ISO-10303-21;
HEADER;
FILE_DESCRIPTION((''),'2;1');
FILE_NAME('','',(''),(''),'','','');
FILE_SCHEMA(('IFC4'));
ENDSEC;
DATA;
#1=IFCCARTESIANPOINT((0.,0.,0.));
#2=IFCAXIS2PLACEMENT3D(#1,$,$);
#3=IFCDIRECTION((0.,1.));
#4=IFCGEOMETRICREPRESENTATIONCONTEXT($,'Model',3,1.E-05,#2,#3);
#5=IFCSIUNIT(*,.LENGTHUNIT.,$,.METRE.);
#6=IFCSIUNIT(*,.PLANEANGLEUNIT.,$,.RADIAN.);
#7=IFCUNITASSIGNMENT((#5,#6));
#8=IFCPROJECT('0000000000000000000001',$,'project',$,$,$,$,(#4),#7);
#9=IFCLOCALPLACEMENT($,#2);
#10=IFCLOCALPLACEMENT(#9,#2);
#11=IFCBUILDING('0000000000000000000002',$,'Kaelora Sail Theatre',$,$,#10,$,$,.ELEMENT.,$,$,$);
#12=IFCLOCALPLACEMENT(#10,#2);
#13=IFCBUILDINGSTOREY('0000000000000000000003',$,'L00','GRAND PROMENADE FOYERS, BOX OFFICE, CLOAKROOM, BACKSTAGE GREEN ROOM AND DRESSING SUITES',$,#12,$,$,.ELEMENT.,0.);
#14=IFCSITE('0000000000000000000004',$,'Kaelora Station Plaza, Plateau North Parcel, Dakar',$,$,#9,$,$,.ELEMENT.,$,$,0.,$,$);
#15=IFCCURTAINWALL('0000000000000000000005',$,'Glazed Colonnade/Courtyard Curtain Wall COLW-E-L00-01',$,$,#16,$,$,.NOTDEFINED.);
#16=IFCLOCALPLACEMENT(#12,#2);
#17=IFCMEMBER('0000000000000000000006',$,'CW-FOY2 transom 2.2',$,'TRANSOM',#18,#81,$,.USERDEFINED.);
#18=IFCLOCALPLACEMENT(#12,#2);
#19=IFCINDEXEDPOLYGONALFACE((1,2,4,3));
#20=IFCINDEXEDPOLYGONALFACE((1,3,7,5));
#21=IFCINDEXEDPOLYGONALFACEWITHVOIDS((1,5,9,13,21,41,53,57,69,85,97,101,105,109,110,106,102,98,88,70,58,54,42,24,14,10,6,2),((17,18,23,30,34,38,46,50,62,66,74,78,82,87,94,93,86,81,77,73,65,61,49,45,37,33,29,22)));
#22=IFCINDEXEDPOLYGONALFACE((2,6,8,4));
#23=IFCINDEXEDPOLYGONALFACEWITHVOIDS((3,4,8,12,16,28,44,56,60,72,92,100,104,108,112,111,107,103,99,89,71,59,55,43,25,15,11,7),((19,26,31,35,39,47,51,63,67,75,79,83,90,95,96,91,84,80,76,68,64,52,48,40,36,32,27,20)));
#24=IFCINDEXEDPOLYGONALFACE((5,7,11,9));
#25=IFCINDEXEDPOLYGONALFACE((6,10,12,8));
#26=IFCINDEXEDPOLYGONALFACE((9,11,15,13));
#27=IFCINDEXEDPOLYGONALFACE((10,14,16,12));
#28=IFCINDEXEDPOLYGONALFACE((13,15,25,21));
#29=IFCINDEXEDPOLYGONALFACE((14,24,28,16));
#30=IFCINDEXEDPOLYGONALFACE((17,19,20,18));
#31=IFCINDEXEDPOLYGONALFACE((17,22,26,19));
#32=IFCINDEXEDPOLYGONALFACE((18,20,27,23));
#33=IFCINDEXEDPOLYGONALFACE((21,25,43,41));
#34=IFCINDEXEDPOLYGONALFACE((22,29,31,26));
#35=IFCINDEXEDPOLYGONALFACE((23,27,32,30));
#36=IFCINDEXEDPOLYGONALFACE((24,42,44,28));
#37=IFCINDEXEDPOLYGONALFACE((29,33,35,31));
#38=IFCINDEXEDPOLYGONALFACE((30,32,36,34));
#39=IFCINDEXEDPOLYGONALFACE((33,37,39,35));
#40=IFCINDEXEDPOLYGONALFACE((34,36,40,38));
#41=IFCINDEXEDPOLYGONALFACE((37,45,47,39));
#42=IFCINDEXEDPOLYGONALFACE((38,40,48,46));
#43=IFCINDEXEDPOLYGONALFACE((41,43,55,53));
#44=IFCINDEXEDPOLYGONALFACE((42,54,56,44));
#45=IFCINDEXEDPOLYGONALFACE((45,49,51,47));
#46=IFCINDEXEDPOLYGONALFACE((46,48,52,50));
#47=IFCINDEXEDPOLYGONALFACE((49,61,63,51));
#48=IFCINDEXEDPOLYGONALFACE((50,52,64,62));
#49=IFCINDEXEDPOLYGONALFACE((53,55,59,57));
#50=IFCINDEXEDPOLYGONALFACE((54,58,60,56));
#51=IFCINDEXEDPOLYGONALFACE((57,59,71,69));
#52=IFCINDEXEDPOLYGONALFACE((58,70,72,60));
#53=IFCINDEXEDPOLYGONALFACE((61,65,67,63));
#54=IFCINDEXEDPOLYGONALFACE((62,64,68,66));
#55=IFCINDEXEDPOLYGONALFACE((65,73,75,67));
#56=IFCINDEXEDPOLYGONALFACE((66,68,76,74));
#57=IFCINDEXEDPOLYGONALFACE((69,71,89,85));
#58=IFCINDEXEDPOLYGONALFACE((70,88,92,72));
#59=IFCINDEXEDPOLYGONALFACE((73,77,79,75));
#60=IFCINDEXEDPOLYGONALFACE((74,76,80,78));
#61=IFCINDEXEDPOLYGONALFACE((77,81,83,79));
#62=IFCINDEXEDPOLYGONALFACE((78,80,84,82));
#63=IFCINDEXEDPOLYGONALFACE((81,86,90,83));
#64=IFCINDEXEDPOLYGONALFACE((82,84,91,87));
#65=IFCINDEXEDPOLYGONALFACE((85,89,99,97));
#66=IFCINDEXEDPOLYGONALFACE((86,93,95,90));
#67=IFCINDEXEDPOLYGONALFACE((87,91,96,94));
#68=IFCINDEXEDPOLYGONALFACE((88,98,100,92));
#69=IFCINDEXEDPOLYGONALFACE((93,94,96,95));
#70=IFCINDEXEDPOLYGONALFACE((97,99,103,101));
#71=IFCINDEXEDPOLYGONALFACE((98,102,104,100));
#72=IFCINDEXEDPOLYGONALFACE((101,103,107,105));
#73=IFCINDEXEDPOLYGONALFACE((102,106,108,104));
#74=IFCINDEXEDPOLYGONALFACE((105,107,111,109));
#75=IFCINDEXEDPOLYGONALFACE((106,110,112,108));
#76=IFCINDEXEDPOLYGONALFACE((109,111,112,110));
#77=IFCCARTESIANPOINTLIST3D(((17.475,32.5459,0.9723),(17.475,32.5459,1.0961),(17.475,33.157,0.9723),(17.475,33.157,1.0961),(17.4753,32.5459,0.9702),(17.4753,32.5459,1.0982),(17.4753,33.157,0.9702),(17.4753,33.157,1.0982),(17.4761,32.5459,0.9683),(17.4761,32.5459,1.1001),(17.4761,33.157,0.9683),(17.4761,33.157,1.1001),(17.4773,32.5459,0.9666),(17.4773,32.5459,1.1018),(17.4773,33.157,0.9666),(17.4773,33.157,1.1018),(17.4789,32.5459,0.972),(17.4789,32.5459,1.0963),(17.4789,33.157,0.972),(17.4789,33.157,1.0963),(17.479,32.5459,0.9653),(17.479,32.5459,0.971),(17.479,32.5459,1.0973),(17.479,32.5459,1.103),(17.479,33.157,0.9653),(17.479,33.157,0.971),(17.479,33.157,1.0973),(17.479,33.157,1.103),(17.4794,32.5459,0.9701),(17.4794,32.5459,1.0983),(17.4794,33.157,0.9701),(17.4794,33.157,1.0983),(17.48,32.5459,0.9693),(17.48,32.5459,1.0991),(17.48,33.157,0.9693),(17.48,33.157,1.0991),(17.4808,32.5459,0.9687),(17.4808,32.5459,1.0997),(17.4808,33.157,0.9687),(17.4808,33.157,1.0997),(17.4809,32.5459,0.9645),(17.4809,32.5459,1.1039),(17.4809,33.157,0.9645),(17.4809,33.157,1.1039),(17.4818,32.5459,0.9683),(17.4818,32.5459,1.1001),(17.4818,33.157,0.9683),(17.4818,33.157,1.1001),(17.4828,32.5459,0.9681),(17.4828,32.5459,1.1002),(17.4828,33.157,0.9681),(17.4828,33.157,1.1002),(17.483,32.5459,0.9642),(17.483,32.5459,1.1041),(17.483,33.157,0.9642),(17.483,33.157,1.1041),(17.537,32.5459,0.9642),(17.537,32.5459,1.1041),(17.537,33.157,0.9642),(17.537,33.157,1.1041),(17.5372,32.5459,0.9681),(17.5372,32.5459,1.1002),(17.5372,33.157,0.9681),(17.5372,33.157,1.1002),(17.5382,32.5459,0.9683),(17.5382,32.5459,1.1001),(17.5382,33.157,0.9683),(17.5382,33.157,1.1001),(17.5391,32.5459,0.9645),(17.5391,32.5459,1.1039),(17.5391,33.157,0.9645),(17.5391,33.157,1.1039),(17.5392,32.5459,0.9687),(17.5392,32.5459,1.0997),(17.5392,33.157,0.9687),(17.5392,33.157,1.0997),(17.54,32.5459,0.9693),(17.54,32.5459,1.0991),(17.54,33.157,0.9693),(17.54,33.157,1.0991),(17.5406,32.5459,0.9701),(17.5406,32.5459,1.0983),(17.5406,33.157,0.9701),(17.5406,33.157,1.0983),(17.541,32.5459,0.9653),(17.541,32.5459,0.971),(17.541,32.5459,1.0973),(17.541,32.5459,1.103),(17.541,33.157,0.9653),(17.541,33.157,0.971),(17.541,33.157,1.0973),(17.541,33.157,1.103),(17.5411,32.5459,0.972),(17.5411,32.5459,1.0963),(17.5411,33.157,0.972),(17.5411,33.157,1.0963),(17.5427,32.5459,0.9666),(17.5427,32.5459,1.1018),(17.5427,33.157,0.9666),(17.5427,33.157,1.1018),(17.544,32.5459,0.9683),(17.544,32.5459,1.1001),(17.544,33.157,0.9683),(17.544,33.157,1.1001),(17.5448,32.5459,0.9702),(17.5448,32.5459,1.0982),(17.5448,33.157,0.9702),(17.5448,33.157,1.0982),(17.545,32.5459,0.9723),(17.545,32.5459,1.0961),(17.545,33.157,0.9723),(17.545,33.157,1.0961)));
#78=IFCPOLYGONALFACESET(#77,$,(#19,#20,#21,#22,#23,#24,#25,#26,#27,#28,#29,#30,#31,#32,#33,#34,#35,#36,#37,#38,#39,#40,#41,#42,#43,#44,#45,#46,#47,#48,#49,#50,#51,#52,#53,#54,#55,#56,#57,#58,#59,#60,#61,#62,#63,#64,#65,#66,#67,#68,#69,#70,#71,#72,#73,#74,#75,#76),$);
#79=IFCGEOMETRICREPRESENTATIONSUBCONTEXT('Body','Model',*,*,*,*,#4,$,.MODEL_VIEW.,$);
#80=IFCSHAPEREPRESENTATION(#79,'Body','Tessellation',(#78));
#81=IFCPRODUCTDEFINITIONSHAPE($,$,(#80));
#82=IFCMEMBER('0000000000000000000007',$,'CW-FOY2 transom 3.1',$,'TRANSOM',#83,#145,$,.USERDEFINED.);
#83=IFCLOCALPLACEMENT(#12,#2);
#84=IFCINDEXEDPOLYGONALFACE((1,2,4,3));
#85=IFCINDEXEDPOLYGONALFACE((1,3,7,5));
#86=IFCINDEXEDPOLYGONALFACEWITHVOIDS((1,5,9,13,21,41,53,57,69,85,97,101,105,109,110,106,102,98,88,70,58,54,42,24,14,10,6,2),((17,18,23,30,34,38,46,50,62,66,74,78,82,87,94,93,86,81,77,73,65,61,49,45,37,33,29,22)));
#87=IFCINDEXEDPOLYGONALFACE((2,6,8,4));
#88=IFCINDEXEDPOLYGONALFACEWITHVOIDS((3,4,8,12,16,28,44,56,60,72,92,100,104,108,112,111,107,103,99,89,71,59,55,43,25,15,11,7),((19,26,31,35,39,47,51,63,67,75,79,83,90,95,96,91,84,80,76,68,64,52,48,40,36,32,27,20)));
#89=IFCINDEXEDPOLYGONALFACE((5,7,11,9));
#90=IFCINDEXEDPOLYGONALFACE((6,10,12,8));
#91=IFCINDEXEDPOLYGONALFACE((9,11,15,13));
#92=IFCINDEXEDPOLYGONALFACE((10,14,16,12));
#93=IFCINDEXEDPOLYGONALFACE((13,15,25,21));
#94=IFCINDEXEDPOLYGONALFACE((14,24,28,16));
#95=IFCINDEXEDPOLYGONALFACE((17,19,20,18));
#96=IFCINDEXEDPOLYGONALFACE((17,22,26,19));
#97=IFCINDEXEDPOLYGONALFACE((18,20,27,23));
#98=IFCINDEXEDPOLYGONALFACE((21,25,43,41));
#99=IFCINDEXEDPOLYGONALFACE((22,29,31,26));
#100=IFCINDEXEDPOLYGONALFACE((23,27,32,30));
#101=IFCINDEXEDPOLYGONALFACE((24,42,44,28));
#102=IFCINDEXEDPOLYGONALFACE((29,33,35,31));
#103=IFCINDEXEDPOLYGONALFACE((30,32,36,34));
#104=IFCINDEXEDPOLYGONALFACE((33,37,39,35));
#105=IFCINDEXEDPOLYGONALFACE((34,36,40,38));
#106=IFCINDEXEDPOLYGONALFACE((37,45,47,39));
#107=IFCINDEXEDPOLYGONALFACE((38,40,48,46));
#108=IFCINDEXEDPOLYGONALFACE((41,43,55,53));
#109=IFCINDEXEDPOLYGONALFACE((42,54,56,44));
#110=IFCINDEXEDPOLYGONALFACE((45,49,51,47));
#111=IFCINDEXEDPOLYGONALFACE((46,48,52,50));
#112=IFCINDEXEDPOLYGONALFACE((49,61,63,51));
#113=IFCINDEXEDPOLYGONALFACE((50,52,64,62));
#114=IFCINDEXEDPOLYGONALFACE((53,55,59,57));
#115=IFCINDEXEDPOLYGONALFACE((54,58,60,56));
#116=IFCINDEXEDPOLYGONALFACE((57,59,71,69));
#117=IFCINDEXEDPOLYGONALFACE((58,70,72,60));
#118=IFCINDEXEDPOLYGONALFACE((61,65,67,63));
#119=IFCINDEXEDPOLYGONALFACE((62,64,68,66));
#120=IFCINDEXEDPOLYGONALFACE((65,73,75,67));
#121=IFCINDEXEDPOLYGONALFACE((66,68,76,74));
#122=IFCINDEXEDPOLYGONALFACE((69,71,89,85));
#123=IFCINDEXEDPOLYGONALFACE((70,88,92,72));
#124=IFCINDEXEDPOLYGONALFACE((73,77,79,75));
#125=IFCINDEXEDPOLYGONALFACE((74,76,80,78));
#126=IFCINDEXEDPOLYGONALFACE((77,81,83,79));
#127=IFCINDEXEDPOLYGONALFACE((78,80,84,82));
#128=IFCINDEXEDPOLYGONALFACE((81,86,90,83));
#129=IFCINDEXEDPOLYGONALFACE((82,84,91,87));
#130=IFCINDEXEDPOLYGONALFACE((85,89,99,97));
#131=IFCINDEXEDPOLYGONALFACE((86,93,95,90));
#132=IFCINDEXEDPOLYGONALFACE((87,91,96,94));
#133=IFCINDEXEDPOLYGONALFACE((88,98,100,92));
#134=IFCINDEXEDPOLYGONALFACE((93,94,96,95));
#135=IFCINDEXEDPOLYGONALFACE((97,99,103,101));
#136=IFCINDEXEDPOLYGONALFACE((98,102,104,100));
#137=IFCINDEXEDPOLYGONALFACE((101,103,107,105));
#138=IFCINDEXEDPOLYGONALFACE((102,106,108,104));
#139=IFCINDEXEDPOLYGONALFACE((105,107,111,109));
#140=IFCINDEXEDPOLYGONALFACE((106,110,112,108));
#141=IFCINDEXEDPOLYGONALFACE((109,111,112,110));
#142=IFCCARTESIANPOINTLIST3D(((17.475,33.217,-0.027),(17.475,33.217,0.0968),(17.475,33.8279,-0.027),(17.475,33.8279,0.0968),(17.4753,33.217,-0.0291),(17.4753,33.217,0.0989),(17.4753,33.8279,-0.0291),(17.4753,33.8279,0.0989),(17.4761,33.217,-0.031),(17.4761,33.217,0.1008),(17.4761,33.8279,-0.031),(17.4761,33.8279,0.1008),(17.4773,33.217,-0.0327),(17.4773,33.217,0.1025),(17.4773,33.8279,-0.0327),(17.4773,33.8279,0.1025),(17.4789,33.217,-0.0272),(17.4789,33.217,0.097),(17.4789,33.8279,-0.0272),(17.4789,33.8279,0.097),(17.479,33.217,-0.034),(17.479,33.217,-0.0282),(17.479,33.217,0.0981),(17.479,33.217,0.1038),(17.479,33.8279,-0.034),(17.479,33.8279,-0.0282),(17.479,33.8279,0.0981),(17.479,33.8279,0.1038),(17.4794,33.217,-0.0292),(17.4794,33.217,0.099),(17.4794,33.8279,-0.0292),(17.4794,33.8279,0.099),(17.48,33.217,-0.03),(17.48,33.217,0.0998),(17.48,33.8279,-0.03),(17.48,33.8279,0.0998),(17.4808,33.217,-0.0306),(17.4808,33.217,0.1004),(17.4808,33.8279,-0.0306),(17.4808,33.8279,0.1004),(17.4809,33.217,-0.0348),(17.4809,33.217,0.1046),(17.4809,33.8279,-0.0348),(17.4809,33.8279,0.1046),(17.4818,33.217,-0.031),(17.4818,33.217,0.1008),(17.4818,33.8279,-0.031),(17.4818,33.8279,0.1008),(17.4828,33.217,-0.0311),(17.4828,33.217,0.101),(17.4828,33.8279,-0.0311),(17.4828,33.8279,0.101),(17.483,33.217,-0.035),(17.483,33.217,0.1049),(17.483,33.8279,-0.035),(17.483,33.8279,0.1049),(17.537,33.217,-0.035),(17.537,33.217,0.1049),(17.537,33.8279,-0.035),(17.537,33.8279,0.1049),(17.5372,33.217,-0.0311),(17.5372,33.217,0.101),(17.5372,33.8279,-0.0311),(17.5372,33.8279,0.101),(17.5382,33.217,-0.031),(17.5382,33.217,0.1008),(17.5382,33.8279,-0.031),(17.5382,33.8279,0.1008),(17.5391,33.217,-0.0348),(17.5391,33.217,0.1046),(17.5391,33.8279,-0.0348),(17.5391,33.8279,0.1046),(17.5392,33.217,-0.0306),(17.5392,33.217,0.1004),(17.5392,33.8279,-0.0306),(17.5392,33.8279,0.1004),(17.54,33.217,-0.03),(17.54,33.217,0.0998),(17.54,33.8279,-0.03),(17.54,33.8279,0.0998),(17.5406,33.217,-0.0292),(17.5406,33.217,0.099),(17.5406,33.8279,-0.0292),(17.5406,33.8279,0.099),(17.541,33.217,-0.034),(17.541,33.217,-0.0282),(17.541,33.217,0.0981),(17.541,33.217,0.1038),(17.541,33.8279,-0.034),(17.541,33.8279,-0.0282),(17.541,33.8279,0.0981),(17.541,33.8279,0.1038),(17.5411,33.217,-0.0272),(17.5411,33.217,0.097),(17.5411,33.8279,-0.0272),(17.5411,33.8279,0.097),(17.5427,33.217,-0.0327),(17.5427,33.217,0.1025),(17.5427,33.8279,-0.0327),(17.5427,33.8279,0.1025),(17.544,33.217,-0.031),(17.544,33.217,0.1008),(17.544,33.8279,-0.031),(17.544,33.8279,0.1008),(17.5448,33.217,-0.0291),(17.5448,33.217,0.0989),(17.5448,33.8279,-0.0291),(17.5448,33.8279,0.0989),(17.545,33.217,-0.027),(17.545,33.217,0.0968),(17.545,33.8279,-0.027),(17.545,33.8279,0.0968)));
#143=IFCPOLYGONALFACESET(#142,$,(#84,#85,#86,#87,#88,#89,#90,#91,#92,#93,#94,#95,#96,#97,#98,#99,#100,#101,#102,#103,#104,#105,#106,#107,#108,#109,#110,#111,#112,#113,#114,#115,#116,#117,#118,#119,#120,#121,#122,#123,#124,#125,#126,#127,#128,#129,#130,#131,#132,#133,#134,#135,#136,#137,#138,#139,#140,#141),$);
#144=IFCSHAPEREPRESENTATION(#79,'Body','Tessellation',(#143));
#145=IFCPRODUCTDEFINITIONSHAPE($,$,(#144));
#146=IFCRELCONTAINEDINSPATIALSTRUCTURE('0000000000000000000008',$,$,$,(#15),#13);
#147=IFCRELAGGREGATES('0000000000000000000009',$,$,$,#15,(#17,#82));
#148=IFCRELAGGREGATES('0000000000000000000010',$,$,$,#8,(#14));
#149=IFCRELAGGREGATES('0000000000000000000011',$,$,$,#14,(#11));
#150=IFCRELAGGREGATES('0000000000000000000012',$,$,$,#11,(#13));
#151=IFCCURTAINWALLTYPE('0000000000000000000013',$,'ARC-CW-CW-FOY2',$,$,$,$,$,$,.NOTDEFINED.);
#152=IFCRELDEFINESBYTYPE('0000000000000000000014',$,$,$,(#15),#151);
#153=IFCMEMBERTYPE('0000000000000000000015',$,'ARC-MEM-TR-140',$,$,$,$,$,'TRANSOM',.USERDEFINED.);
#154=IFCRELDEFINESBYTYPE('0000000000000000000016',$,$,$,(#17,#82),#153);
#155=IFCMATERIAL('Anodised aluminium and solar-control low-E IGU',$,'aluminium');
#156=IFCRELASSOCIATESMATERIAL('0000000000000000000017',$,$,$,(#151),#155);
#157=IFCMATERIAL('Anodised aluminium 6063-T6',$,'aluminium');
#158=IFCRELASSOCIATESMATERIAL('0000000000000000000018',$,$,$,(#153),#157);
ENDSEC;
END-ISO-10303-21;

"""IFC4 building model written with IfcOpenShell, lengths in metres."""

from ifc_helpers import new_model, si_unit, direction, frame, origin, origin_2d, place, context, subcontext, project, spatial, hollow_rectangle, extrude, material, material_profile, profile_set, type_object, element, aggregate, save


model = new_model("IFC4")

# Units and contexts
model_context = context("Model", 3, precision=1e-05, world=origin(), true_north=direction((0.0, 1.0)))
body_context = subcontext(model_context, "Body", "Model", "MODEL_VIEW")
ifc_project = project(units=[si_unit("LENGTHUNIT", "METRE"), si_unit("PLANEANGLEUNIT", "RADIAN")], contexts=[model_context])

# Site, building, storey
site_placement = place(None, origin())
site = spatial("IfcSite", under=ifc_project, at=site_placement, Name="Kaelora Station Plaza, Plateau North Parcel, Dakar", CompositionType="ELEMENT", RefElevation=0.0)
building_placement = place(site_placement, origin())
building = spatial("IfcBuilding", under=site, at=building_placement, Name="Kaelora Sail Theatre", CompositionType="ELEMENT")
storey_placement = place(building_placement, origin())
storey = spatial("IfcBuildingStorey", under=building, at=storey_placement, Name="L00", Description="GRAND PROMENADE FOYERS, BOX OFFICE, CLOAKROOM, BACKSTAGE GREEN ROOM AND DRESSING SUITES", CompositionType="ELEMENT", Elevation=0.0)

# Curtain wall, members
ifc_material_1 = material(Name="Anodised aluminium and solar-control low-E IGU", Category="aluminium")
curtain_wall_type = type_object("IfcCurtainWallType", Name="ARC-CW-CW-FOY2", PredefinedType="NOTDEFINED", material=ifc_material_1)
curtain_wall_placement = place(storey_placement, origin())
curtain_wall = element("IfcCurtainWall", 1, at=curtain_wall_placement, inside=storey, type_object=curtain_wall_type, Name="Glazed Colonnade/Courtyard Curtain Wall COLW-E-L00-01", PredefinedType="NOTDEFINED")
ifc_material_2 = material(Name="Anodised aluminium 6063-T6", Category="aluminium")
ifc_material_profile_1 = material_profile(ifc_material_2, hollow_rectangle(XDim=0.0701, YDim=0.1399, WallThickness=0.0039, InnerFilletRadius=0.0039, OuterFilletRadius=0.0081, at=origin_2d()), Name="ALU-TRAN 70x140x4")
ifc_profile_set_1 = profile_set([ifc_material_profile_1], Name="Anodised aluminium 6063-T6")
member_type_1 = type_object("IfcMemberType", Name="ARC-MEM-TR-140", ElementType="TRANSOM", PredefinedType="USERDEFINED", material=ifc_profile_set_1)
member_1_placement = place(storey_placement, frame((17.51, 32.5459, 1.0342), z_axis=(0.0, 1.0, 0.0), x_axis=(-1.0, 0.0, 0.0)))
member_1 = element("IfcMember", 2, at=member_1_placement, type_object=member_type_1, Name="CW-FOY2 transom 2.2", ObjectType="TRANSOM", PredefinedType="USERDEFINED", context=body_context, shape_type="SweptSolid", body=[
    extrude(hollow_rectangle(XDim=0.0701, YDim=0.1399, WallThickness=0.0039, InnerFilletRadius=0.0039, OuterFilletRadius=0.0081, at=origin_2d()), origin(), (0.0, 0.0, 1.0), 0.6111),
])
member_2_placement = place(storey_placement, frame((17.51, 33.217, 0.0349), z_axis=(0.0, 1.0, 0.0), x_axis=(-1.0, 0.0, 0.0)))
member_2 = element("IfcMember", 3, at=member_2_placement, type_object=member_type_1, Name="CW-FOY2 transom 3.1", ObjectType="TRANSOM", PredefinedType="USERDEFINED", context=body_context, shape_type="SweptSolid", body=[
    extrude(hollow_rectangle(XDim=0.0701, YDim=0.1399, WallThickness=0.0039, InnerFilletRadius=0.0039, OuterFilletRadius=0.0081, at=origin_2d()), origin(), (0.0, 0.0, 1.0), 0.6108),
])
aggregate(curtain_wall, [member_1, member_2])

save(model, "model.ifc")
